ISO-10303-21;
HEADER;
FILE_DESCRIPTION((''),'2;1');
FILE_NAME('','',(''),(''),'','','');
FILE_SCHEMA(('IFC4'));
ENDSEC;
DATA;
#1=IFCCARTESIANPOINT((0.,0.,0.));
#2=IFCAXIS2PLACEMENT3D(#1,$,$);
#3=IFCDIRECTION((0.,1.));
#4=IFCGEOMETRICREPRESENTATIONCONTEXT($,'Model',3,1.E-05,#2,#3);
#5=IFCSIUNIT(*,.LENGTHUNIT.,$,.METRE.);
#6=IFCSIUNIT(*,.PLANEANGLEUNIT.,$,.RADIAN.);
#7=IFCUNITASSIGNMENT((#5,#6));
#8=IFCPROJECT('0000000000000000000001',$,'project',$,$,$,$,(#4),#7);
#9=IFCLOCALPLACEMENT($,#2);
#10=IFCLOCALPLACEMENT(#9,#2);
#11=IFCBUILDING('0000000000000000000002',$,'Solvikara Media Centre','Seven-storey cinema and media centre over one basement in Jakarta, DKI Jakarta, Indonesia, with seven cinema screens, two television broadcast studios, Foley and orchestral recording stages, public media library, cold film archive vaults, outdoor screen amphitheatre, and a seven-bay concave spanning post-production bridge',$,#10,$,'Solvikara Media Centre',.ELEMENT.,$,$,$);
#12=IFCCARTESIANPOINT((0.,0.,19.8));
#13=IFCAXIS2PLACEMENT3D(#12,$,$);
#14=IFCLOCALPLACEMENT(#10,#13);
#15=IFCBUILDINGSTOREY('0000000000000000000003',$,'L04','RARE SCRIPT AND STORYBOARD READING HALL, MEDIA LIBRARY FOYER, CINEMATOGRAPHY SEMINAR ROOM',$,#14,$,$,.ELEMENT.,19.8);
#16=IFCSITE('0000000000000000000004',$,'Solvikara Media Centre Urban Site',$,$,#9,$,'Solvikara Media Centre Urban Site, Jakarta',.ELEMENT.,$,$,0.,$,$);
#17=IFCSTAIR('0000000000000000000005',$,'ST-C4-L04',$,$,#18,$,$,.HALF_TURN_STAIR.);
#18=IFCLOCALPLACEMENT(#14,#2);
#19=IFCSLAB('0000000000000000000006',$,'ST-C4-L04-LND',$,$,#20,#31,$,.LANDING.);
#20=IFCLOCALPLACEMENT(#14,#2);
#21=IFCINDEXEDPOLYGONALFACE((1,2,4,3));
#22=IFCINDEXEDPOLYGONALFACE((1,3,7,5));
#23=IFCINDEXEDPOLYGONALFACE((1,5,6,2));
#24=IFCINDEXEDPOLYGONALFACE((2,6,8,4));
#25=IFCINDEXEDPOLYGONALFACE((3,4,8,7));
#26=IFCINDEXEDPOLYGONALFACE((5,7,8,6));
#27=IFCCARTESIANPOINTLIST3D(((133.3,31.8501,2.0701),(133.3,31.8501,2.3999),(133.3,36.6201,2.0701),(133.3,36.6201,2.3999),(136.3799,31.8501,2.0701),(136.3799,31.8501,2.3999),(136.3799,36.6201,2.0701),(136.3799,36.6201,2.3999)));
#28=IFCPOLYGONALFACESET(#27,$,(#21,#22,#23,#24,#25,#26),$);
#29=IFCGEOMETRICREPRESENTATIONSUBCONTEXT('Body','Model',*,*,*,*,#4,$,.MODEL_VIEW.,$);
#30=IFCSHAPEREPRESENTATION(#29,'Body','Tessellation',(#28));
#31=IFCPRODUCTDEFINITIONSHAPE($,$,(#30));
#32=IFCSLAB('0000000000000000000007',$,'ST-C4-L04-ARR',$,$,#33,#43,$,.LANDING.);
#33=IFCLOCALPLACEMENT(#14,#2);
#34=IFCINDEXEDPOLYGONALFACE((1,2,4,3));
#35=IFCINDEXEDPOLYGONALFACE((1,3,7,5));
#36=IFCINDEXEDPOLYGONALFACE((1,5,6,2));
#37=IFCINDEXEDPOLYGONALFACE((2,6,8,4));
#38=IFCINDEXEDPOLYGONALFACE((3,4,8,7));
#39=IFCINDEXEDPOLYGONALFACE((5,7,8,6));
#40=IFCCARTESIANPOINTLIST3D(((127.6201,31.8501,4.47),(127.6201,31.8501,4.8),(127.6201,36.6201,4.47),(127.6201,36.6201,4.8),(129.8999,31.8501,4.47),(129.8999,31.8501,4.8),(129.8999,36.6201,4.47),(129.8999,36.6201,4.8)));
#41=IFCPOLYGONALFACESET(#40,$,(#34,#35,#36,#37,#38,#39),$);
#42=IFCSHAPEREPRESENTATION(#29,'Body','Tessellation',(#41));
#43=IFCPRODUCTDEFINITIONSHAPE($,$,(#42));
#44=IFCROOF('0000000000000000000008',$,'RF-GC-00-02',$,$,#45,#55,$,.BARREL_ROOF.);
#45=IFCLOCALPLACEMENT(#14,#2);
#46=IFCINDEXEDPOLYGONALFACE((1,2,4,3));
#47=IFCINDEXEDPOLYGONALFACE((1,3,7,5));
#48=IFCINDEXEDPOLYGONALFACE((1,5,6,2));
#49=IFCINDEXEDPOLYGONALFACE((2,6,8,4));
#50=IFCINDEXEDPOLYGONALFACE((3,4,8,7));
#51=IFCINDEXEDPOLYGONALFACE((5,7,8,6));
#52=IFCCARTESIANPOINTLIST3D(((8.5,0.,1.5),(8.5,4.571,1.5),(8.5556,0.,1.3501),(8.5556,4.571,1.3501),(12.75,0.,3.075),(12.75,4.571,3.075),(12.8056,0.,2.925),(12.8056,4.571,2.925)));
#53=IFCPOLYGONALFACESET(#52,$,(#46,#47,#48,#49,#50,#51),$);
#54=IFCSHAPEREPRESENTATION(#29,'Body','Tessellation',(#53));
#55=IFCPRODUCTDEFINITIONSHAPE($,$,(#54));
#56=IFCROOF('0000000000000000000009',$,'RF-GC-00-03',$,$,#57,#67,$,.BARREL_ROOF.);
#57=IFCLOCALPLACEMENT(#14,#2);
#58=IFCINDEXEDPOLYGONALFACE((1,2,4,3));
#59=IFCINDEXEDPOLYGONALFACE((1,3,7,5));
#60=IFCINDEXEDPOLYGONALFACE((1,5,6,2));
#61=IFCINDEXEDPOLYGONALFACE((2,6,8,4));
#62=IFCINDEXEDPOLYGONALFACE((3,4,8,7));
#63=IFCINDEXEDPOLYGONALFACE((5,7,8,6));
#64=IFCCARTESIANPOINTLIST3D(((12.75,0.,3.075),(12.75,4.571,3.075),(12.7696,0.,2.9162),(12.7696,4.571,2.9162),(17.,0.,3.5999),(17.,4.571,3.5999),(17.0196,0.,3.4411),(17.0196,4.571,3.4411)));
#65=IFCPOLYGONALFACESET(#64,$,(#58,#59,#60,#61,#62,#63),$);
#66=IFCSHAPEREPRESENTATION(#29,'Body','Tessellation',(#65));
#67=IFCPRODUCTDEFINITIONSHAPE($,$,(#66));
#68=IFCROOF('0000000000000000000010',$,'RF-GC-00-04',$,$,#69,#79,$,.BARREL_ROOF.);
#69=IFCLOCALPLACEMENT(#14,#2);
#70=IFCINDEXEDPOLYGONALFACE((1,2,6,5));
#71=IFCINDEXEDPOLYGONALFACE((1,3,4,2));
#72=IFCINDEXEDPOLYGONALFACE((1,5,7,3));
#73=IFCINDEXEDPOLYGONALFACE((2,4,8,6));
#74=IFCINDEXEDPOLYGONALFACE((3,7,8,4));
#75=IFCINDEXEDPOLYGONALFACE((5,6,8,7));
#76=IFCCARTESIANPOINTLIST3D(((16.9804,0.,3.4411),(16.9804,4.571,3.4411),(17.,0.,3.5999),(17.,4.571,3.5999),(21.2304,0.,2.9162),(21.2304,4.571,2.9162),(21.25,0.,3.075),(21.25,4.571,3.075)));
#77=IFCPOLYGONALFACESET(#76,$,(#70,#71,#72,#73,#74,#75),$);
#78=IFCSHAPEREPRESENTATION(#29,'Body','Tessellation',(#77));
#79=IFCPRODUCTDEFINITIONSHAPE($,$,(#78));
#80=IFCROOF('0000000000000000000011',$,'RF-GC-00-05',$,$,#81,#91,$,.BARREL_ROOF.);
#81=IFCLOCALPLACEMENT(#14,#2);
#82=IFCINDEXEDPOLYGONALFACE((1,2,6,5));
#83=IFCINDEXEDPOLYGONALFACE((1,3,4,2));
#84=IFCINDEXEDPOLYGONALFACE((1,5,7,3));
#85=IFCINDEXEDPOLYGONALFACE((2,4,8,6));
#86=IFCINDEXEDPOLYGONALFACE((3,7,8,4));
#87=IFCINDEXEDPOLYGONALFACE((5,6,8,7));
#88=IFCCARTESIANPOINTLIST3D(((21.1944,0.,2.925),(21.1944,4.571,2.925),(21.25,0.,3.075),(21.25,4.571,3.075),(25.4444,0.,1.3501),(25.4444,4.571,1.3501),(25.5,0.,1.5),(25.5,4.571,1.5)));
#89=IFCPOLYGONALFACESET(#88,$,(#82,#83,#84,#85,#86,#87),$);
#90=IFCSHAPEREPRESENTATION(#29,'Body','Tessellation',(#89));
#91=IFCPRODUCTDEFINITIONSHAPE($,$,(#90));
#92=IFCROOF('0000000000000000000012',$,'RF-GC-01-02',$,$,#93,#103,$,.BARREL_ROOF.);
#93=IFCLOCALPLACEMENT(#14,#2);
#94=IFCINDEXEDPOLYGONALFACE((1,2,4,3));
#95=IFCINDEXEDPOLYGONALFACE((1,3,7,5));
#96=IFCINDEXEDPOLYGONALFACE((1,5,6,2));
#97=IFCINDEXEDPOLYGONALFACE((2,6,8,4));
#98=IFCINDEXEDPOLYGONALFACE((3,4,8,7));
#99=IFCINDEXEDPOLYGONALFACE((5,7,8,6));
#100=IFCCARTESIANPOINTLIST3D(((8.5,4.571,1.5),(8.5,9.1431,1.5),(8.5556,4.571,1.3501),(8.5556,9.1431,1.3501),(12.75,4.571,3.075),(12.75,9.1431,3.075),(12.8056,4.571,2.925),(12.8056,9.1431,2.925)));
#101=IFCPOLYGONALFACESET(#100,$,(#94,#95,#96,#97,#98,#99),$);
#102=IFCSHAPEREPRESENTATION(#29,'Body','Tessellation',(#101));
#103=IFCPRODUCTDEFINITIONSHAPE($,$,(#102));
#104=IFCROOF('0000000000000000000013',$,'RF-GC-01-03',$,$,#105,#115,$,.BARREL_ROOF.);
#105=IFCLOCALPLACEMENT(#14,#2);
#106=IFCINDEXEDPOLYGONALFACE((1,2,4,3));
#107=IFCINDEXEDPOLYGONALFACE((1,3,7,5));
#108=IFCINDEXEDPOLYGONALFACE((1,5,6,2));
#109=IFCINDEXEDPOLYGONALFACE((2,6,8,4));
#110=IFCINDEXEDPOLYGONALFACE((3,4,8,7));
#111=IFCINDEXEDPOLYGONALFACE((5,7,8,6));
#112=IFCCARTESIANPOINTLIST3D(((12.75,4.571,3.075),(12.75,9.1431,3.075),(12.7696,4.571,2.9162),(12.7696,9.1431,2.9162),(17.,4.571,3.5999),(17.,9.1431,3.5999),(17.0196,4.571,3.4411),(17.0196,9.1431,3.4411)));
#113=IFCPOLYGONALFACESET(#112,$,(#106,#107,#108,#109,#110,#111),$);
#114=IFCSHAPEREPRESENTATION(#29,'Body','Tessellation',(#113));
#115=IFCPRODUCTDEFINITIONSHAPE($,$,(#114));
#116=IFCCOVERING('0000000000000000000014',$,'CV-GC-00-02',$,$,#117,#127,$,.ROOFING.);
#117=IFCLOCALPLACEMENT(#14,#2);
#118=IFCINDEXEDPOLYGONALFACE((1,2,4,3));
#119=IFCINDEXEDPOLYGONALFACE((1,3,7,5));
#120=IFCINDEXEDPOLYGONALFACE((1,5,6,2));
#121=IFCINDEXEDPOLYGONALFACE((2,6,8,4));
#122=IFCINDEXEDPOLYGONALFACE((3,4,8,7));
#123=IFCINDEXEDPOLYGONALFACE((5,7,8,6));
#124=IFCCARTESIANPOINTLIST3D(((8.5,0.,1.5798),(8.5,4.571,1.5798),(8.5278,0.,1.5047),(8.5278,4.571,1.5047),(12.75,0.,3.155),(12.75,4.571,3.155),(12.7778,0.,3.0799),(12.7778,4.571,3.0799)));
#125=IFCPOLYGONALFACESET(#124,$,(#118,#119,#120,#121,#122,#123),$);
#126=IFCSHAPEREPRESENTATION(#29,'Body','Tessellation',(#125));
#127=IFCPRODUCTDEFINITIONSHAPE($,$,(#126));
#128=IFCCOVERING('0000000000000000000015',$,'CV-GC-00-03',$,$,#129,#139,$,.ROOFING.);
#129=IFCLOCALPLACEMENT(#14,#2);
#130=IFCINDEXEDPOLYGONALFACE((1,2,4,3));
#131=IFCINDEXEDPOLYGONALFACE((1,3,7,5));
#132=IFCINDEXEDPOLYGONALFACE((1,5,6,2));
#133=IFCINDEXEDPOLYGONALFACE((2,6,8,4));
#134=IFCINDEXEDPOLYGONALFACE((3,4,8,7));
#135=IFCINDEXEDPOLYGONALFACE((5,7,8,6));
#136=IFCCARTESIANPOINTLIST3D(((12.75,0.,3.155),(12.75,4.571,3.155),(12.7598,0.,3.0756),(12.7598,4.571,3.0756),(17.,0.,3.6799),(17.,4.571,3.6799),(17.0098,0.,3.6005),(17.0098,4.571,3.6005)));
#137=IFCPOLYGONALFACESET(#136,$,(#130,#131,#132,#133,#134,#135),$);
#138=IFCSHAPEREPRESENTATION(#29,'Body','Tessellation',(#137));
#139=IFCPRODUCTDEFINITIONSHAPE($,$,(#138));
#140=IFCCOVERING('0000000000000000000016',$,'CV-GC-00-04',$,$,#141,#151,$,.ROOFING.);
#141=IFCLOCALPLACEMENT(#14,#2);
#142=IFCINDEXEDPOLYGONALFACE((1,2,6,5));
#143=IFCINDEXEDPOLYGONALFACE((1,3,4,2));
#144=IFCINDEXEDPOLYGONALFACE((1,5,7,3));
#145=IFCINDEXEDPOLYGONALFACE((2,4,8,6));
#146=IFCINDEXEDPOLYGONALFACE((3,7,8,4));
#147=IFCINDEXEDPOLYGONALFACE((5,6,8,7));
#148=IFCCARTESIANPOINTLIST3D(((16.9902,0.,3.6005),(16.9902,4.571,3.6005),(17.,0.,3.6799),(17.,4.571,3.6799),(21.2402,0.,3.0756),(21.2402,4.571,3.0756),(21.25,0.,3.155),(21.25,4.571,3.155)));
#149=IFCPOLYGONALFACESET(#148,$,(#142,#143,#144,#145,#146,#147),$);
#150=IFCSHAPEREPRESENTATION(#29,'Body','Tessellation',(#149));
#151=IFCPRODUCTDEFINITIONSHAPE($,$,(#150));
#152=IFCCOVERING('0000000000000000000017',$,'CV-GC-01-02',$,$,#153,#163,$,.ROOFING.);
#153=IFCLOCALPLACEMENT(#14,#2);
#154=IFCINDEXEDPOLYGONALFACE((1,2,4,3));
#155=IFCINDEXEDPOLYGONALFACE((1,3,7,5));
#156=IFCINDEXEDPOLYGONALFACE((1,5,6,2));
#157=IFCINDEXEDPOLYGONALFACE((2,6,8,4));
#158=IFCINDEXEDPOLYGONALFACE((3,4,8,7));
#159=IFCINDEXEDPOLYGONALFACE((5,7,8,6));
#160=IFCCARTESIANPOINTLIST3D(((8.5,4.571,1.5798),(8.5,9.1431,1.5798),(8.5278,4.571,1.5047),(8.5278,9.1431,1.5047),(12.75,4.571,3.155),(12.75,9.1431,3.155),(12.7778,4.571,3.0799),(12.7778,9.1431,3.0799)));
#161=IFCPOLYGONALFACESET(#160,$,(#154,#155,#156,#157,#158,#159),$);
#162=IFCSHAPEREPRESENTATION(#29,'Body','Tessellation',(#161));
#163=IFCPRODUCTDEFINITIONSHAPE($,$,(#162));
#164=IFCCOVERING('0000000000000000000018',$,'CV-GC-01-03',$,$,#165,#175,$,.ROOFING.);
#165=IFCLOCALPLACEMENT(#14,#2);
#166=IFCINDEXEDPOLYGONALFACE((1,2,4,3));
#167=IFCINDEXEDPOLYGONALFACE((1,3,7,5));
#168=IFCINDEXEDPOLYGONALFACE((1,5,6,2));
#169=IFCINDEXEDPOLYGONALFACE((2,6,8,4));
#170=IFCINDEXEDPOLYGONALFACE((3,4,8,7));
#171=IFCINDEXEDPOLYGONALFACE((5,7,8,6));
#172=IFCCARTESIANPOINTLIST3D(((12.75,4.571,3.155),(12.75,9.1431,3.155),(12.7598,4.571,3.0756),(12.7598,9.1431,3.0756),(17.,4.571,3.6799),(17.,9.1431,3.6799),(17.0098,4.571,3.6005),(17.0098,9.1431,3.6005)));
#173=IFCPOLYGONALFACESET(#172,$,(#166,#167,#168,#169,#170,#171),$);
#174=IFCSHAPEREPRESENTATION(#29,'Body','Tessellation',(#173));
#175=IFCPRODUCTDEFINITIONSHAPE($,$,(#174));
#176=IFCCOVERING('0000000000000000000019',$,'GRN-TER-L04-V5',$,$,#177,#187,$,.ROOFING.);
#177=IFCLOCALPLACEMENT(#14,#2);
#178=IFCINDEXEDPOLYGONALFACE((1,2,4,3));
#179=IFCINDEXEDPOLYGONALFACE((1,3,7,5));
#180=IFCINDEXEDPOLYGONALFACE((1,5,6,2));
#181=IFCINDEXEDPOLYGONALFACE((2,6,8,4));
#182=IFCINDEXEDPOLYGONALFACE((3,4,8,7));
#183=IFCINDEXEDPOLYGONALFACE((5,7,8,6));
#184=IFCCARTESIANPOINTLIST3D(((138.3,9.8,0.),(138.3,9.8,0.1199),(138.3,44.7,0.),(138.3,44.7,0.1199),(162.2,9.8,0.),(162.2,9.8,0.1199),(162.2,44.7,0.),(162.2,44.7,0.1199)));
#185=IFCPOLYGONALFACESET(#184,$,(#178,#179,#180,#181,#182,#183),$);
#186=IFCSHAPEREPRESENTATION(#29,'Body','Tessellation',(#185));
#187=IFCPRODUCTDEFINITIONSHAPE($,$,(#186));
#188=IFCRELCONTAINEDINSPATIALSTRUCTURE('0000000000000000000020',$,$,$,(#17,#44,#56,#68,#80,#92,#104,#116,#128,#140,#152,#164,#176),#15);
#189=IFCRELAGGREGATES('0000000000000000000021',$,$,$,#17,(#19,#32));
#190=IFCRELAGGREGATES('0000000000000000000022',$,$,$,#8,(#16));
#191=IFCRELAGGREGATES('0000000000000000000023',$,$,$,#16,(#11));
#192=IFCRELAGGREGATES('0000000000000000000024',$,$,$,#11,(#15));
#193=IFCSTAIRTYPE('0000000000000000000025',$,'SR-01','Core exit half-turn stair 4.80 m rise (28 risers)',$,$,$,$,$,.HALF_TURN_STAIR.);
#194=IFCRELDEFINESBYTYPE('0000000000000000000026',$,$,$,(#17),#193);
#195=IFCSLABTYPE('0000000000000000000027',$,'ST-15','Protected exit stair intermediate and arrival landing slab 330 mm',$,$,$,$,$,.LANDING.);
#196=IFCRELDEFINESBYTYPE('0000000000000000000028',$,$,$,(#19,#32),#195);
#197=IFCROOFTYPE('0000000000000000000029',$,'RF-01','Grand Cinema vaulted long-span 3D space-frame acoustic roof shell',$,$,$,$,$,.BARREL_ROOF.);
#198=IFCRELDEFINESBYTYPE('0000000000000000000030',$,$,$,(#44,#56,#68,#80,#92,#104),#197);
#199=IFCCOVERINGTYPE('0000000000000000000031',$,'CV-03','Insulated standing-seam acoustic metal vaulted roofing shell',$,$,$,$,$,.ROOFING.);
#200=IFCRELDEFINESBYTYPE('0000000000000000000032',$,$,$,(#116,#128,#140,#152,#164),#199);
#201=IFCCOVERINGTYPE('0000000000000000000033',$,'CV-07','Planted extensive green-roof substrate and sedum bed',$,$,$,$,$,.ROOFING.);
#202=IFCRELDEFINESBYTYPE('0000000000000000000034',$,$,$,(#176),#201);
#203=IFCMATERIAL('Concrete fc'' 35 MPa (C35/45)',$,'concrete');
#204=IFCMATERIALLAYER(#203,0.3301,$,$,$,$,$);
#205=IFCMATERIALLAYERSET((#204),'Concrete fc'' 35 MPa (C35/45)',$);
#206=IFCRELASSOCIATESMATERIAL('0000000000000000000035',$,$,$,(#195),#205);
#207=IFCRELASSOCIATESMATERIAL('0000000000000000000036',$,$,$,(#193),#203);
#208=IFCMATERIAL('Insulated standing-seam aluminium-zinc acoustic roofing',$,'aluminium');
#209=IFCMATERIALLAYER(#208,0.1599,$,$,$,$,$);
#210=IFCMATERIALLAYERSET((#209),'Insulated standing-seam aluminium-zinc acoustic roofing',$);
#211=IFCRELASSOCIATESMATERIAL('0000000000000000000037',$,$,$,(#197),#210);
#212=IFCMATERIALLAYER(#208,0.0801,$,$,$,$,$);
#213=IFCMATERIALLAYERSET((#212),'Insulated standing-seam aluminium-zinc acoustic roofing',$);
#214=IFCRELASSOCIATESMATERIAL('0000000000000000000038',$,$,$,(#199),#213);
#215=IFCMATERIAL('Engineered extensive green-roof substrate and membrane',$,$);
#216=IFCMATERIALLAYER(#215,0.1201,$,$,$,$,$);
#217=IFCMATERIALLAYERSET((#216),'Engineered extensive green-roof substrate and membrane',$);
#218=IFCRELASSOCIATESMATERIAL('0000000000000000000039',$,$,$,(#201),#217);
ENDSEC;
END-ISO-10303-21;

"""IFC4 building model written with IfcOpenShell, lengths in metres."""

from ifc_helpers import new_model, si_unit, direction, frame, origin, place, context, subcontext, project, spatial, polyline, outline, extrude, material, layer, layer_set, type_object, element, aggregate, save


model = new_model("IFC4")

# Units and contexts
model_context = context("Model", 3, precision=1e-05, world=origin(), true_north=direction((0.0, 1.0)))
body_context = subcontext(model_context, "Body", "Model", "MODEL_VIEW")
ifc_project = project(units=[si_unit("LENGTHUNIT", "METRE"), si_unit("PLANEANGLEUNIT", "RADIAN")], contexts=[model_context])

# Site, building, storey
site_placement = place(None, origin())
site = spatial("IfcSite", under=ifc_project, at=site_placement, Name="Solvikara Media Centre Urban Site", LongName="Solvikara Media Centre Urban Site, Jakarta", CompositionType="ELEMENT", RefElevation=0.0)
building_placement = place(site_placement, origin())
building = spatial("IfcBuilding", under=site, at=building_placement, Name="Solvikara Media Centre", Description="Seven-storey cinema and media centre over one basement in Jakarta, DKI Jakarta, Indonesia, with seven cinema screens, two television broadcast studios, Foley and orchestral recording stages, public media library, cold film archive vaults, outdoor screen amphitheatre, and a seven-bay concave spanning post-production bridge", LongName="Solvikara Media Centre", CompositionType="ELEMENT")
storey_placement = place(building_placement, frame((0.0, 0.0, 19.8)))
storey = spatial("IfcBuildingStorey", under=building, at=storey_placement, Name="L04", Description="RARE SCRIPT AND STORYBOARD READING HALL, MEDIA LIBRARY FOYER, CINEMATOGRAPHY SEMINAR ROOM", CompositionType="ELEMENT", Elevation=19.8)

# Shared definitions
ifc_material_1 = material(Name="Concrete fc' 35 MPa (C35/45)", Category="concrete")

# Stair, slabs
ifc_layer_1 = layer(ifc_material_1, 0.3301)
ifc_layer_set_1 = layer_set([ifc_layer_1], Name="Concrete fc' 35 MPa (C35/45)")
slab_type_1 = type_object("IfcSlabType", Name="ST-15", Description="Protected exit stair intermediate and arrival landing slab 330 mm", PredefinedType="LANDING", material=ifc_layer_set_1)
stair_type_1 = type_object("IfcStairType", Name="SR-01", Description="Core exit half-turn stair 4.80 m rise (28 risers)", PredefinedType="HALF_TURN_STAIR", material=ifc_material_1)
stair_1_placement = place(storey_placement, origin())
stair_1 = element("IfcStair", 1, at=stair_1_placement, inside=storey, type_object=stair_type_1, Name="ST-C4-L04", PredefinedType="HALF_TURN_STAIR")
slab_1_placement = place(storey_placement, frame((0.0, 0.0, 2.0701)))
slab_1 = element("IfcSlab", 2, at=slab_1_placement, type_object=slab_type_1, Name="ST-C4-L04-LND", PredefinedType="LANDING", context=body_context, shape_type="SweptSolid", body=[
    extrude(outline(polyline([(133.3, 31.8501), (136.3799, 31.8501), (136.3799, 36.6201), (133.3, 36.6201), (133.3, 31.8501)])), origin(), (0.0, 0.0, 1.0), 0.3298),
])
slab_2_placement = place(storey_placement, frame((0.0, 0.0, 4.47)))
slab_2 = element("IfcSlab", 3, at=slab_2_placement, type_object=slab_type_1, Name="ST-C4-L04-ARR", PredefinedType="LANDING", context=body_context, shape_type="SweptSolid", body=[
    extrude(outline(polyline([(127.6201, 31.8501), (129.8999, 31.8501), (129.8999, 36.6201), (127.6201, 36.6201), (127.6201, 31.8501)])), origin(), (0.0, 0.0, 1.0), 0.3301),
])
aggregate(stair_1, [slab_1, slab_2])

# Roofs
ifc_material_2 = material(Name="Insulated standing-seam aluminium-zinc acoustic roofing", Category="aluminium")
ifc_layer_2 = layer(ifc_material_2, 0.1599)
ifc_layer_set_2 = layer_set([ifc_layer_2], Name="Insulated standing-seam aluminium-zinc acoustic roofing")
roof_type = type_object("IfcRoofType", Name="RF-01", Description="Grand Cinema vaulted long-span 3D space-frame acoustic roof shell", PredefinedType="BARREL_ROOF", material=ifc_layer_set_2)
roof_1_placement = place(storey_placement, frame((8.5, 0.0, 1.5), z_axis=(-0.347485, 0.0, 0.937686), x_axis=(0.937686, 0.0, 0.347485)))
element("IfcRoof", 4, at=roof_1_placement, inside=storey, type_object=roof_type, Name="RF-GC-00-02", PredefinedType="BARREL_ROOF", context=body_context, shape_type="SweptSolid", body=[
    extrude(outline(polyline([(0.0, 0.0), (4.5324, 0.0), (4.5324, 4.571), (0.0, 4.571), (0.0, 0.0)])), origin(), (0.0, 0.0, -1.0), 0.1599),
])
for number, where, z_axis, x_axis, name in (
    (5, (12.75, 0.0, 3.075), (-0.122575, 0.0, 0.992459), (0.992459, 0.0, 0.122575), "RF-GC-00-03"),
    (6, (17.0, 0.0, 3.5999), (0.122575, 0.0, 0.992459), (0.992459, 0.0, -0.122575), "RF-GC-00-04"),
):
    element("IfcRoof", number, at=place(storey_placement, frame(where, z_axis=z_axis, x_axis=x_axis)), inside=storey, type_object=roof_type, Name=name, PredefinedType="BARREL_ROOF", context=body_context, shape_type="SweptSolid", body=[
        extrude(outline(polyline([(0.0, 0.0), (4.2823, 0.0), (4.2823, 4.571), (0.0, 4.571), (0.0, 0.0)])), origin(), (0.0, 0.0, -1.0), 0.1599),
    ])
roof_2_placement = place(storey_placement, frame((21.25, 0.0, 3.075), z_axis=(0.347485, 0.0, 0.937686), x_axis=(0.937686, 0.0, -0.347485)))
element("IfcRoof", 7, at=roof_2_placement, inside=storey, type_object=roof_type, Name="RF-GC-00-05", PredefinedType="BARREL_ROOF", context=body_context, shape_type="SweptSolid", body=[
    extrude(outline(polyline([(0.0, 0.0), (4.5324, 0.0), (4.5324, 4.571), (0.0, 4.571), (0.0, 0.0)])), origin(), (0.0, 0.0, -1.0), 0.1599),
])
roof_3_placement = place(storey_placement, frame((8.5, 4.571, 1.5), z_axis=(-0.347485, 0.0, 0.937686), x_axis=(0.937686, 0.0, 0.347485)))
element("IfcRoof", 8, at=roof_3_placement, inside=storey, type_object=roof_type, Name="RF-GC-01-02", PredefinedType="BARREL_ROOF", context=body_context, shape_type="SweptSolid", body=[
    extrude(outline(polyline([(0.0, 0.0), (4.5324, 0.0), (4.5324, 4.572), (0.0, 4.572), (0.0, 0.0)])), origin(), (0.0, 0.0, -1.0), 0.1599),
])
roof_4_placement = place(storey_placement, frame((12.75, 4.571, 3.075), z_axis=(-0.122575, 0.0, 0.992459), x_axis=(0.992459, 0.0, 0.122575)))
element("IfcRoof", 9, at=roof_4_placement, inside=storey, type_object=roof_type, Name="RF-GC-01-03", PredefinedType="BARREL_ROOF", context=body_context, shape_type="SweptSolid", body=[
    extrude(outline(polyline([(0.0, 0.0), (4.2823, 0.0), (4.2823, 4.572), (0.0, 4.572), (0.0, 0.0)])), origin(), (0.0, 0.0, -1.0), 0.1599),
])

# Coverings
ifc_layer_3 = layer(ifc_material_2, 0.0801)
ifc_layer_set_3 = layer_set([ifc_layer_3], Name="Insulated standing-seam aluminium-zinc acoustic roofing")
covering_type_1 = type_object("IfcCoveringType", Name="CV-03", Description="Insulated standing-seam acoustic metal vaulted roofing shell", PredefinedType="ROOFING", material=ifc_layer_set_3)
covering_1_placement = place(storey_placement, frame((8.5, 0.0, 1.5798), z_axis=(-0.347532, 0.0, 0.937668), x_axis=(0.937668, 0.0, 0.347532)))
element("IfcCovering", 10, at=covering_1_placement, inside=storey, type_object=covering_type_1, Name="CV-GC-00-02", PredefinedType="ROOFING", context=body_context, shape_type="SweptSolid", body=[
    extrude(outline(polyline([(0.0, 0.0), (4.5325, 0.0), (4.5325, 4.571), (0.0, 4.571), (0.0, 0.0)])), origin(), (0.0, 0.0, -1.0), 0.0801),
])
for number, where, z_axis, x_axis, name in (
    (11, (12.75, 0.0, 3.155), (-0.122575, 0.0, 0.992459), (0.992459, 0.0, 0.122575), "CV-GC-00-03"),
    (12, (17.0, 0.0, 3.6799), (0.122575, 0.0, 0.992459), (0.992459, 0.0, -0.122575), "CV-GC-00-04"),
):
    element("IfcCovering", number, at=place(storey_placement, frame(where, z_axis=z_axis, x_axis=x_axis)), inside=storey, type_object=covering_type_1, Name=name, PredefinedType="ROOFING", context=body_context, shape_type="SweptSolid", body=[
        extrude(outline(polyline([(0.0, 0.0), (4.2823, 0.0), (4.2823, 4.571), (0.0, 4.571), (0.0, 0.0)])), origin(), (0.0, 0.0, -1.0), 0.0801),
    ])
covering_2_placement = place(storey_placement, frame((8.5, 4.571, 1.5798), z_axis=(-0.347532, 0.0, 0.937668), x_axis=(0.937668, 0.0, 0.347532)))
element("IfcCovering", 13, at=covering_2_placement, inside=storey, type_object=covering_type_1, Name="CV-GC-01-02", PredefinedType="ROOFING", context=body_context, shape_type="SweptSolid", body=[
    extrude(outline(polyline([(0.0, 0.0), (4.5325, 0.0), (4.5325, 4.572), (0.0, 4.572), (0.0, 0.0)])), origin(), (0.0, 0.0, -1.0), 0.0801),
])
covering_3_placement = place(storey_placement, frame((12.75, 4.571, 3.155), z_axis=(-0.122575, 0.0, 0.992459), x_axis=(0.992459, 0.0, 0.122575)))
element("IfcCovering", 14, at=covering_3_placement, inside=storey, type_object=covering_type_1, Name="CV-GC-01-03", PredefinedType="ROOFING", context=body_context, shape_type="SweptSolid", body=[
    extrude(outline(polyline([(0.0, 0.0), (4.2823, 0.0), (4.2823, 4.572), (0.0, 4.572), (0.0, 0.0)])), origin(), (0.0, 0.0, -1.0), 0.0801),
])
ifc_material_3 = material(Name="Engineered extensive green-roof substrate and membrane")
ifc_layer_4 = layer(ifc_material_3, 0.1201)
ifc_layer_set_4 = layer_set([ifc_layer_4], Name="Engineered extensive green-roof substrate and membrane")
covering_type_2 = type_object("IfcCoveringType", Name="CV-07", Description="Planted extensive green-roof substrate and sedum bed", PredefinedType="ROOFING", material=ifc_layer_set_4)
covering_4_placement = place(storey_placement, origin())
element("IfcCovering", 15, at=covering_4_placement, inside=storey, type_object=covering_type_2, Name="GRN-TER-L04-V5", PredefinedType="ROOFING", context=body_context, shape_type="SweptSolid", body=[
    extrude(outline(polyline([(138.3, 9.8), (162.2, 9.8), (162.2, 44.7), (138.3, 44.7), (138.3, 9.8)])), origin(), (0.0, 0.0, 1.0), 0.1199),
])

save(model, "model.ifc")
